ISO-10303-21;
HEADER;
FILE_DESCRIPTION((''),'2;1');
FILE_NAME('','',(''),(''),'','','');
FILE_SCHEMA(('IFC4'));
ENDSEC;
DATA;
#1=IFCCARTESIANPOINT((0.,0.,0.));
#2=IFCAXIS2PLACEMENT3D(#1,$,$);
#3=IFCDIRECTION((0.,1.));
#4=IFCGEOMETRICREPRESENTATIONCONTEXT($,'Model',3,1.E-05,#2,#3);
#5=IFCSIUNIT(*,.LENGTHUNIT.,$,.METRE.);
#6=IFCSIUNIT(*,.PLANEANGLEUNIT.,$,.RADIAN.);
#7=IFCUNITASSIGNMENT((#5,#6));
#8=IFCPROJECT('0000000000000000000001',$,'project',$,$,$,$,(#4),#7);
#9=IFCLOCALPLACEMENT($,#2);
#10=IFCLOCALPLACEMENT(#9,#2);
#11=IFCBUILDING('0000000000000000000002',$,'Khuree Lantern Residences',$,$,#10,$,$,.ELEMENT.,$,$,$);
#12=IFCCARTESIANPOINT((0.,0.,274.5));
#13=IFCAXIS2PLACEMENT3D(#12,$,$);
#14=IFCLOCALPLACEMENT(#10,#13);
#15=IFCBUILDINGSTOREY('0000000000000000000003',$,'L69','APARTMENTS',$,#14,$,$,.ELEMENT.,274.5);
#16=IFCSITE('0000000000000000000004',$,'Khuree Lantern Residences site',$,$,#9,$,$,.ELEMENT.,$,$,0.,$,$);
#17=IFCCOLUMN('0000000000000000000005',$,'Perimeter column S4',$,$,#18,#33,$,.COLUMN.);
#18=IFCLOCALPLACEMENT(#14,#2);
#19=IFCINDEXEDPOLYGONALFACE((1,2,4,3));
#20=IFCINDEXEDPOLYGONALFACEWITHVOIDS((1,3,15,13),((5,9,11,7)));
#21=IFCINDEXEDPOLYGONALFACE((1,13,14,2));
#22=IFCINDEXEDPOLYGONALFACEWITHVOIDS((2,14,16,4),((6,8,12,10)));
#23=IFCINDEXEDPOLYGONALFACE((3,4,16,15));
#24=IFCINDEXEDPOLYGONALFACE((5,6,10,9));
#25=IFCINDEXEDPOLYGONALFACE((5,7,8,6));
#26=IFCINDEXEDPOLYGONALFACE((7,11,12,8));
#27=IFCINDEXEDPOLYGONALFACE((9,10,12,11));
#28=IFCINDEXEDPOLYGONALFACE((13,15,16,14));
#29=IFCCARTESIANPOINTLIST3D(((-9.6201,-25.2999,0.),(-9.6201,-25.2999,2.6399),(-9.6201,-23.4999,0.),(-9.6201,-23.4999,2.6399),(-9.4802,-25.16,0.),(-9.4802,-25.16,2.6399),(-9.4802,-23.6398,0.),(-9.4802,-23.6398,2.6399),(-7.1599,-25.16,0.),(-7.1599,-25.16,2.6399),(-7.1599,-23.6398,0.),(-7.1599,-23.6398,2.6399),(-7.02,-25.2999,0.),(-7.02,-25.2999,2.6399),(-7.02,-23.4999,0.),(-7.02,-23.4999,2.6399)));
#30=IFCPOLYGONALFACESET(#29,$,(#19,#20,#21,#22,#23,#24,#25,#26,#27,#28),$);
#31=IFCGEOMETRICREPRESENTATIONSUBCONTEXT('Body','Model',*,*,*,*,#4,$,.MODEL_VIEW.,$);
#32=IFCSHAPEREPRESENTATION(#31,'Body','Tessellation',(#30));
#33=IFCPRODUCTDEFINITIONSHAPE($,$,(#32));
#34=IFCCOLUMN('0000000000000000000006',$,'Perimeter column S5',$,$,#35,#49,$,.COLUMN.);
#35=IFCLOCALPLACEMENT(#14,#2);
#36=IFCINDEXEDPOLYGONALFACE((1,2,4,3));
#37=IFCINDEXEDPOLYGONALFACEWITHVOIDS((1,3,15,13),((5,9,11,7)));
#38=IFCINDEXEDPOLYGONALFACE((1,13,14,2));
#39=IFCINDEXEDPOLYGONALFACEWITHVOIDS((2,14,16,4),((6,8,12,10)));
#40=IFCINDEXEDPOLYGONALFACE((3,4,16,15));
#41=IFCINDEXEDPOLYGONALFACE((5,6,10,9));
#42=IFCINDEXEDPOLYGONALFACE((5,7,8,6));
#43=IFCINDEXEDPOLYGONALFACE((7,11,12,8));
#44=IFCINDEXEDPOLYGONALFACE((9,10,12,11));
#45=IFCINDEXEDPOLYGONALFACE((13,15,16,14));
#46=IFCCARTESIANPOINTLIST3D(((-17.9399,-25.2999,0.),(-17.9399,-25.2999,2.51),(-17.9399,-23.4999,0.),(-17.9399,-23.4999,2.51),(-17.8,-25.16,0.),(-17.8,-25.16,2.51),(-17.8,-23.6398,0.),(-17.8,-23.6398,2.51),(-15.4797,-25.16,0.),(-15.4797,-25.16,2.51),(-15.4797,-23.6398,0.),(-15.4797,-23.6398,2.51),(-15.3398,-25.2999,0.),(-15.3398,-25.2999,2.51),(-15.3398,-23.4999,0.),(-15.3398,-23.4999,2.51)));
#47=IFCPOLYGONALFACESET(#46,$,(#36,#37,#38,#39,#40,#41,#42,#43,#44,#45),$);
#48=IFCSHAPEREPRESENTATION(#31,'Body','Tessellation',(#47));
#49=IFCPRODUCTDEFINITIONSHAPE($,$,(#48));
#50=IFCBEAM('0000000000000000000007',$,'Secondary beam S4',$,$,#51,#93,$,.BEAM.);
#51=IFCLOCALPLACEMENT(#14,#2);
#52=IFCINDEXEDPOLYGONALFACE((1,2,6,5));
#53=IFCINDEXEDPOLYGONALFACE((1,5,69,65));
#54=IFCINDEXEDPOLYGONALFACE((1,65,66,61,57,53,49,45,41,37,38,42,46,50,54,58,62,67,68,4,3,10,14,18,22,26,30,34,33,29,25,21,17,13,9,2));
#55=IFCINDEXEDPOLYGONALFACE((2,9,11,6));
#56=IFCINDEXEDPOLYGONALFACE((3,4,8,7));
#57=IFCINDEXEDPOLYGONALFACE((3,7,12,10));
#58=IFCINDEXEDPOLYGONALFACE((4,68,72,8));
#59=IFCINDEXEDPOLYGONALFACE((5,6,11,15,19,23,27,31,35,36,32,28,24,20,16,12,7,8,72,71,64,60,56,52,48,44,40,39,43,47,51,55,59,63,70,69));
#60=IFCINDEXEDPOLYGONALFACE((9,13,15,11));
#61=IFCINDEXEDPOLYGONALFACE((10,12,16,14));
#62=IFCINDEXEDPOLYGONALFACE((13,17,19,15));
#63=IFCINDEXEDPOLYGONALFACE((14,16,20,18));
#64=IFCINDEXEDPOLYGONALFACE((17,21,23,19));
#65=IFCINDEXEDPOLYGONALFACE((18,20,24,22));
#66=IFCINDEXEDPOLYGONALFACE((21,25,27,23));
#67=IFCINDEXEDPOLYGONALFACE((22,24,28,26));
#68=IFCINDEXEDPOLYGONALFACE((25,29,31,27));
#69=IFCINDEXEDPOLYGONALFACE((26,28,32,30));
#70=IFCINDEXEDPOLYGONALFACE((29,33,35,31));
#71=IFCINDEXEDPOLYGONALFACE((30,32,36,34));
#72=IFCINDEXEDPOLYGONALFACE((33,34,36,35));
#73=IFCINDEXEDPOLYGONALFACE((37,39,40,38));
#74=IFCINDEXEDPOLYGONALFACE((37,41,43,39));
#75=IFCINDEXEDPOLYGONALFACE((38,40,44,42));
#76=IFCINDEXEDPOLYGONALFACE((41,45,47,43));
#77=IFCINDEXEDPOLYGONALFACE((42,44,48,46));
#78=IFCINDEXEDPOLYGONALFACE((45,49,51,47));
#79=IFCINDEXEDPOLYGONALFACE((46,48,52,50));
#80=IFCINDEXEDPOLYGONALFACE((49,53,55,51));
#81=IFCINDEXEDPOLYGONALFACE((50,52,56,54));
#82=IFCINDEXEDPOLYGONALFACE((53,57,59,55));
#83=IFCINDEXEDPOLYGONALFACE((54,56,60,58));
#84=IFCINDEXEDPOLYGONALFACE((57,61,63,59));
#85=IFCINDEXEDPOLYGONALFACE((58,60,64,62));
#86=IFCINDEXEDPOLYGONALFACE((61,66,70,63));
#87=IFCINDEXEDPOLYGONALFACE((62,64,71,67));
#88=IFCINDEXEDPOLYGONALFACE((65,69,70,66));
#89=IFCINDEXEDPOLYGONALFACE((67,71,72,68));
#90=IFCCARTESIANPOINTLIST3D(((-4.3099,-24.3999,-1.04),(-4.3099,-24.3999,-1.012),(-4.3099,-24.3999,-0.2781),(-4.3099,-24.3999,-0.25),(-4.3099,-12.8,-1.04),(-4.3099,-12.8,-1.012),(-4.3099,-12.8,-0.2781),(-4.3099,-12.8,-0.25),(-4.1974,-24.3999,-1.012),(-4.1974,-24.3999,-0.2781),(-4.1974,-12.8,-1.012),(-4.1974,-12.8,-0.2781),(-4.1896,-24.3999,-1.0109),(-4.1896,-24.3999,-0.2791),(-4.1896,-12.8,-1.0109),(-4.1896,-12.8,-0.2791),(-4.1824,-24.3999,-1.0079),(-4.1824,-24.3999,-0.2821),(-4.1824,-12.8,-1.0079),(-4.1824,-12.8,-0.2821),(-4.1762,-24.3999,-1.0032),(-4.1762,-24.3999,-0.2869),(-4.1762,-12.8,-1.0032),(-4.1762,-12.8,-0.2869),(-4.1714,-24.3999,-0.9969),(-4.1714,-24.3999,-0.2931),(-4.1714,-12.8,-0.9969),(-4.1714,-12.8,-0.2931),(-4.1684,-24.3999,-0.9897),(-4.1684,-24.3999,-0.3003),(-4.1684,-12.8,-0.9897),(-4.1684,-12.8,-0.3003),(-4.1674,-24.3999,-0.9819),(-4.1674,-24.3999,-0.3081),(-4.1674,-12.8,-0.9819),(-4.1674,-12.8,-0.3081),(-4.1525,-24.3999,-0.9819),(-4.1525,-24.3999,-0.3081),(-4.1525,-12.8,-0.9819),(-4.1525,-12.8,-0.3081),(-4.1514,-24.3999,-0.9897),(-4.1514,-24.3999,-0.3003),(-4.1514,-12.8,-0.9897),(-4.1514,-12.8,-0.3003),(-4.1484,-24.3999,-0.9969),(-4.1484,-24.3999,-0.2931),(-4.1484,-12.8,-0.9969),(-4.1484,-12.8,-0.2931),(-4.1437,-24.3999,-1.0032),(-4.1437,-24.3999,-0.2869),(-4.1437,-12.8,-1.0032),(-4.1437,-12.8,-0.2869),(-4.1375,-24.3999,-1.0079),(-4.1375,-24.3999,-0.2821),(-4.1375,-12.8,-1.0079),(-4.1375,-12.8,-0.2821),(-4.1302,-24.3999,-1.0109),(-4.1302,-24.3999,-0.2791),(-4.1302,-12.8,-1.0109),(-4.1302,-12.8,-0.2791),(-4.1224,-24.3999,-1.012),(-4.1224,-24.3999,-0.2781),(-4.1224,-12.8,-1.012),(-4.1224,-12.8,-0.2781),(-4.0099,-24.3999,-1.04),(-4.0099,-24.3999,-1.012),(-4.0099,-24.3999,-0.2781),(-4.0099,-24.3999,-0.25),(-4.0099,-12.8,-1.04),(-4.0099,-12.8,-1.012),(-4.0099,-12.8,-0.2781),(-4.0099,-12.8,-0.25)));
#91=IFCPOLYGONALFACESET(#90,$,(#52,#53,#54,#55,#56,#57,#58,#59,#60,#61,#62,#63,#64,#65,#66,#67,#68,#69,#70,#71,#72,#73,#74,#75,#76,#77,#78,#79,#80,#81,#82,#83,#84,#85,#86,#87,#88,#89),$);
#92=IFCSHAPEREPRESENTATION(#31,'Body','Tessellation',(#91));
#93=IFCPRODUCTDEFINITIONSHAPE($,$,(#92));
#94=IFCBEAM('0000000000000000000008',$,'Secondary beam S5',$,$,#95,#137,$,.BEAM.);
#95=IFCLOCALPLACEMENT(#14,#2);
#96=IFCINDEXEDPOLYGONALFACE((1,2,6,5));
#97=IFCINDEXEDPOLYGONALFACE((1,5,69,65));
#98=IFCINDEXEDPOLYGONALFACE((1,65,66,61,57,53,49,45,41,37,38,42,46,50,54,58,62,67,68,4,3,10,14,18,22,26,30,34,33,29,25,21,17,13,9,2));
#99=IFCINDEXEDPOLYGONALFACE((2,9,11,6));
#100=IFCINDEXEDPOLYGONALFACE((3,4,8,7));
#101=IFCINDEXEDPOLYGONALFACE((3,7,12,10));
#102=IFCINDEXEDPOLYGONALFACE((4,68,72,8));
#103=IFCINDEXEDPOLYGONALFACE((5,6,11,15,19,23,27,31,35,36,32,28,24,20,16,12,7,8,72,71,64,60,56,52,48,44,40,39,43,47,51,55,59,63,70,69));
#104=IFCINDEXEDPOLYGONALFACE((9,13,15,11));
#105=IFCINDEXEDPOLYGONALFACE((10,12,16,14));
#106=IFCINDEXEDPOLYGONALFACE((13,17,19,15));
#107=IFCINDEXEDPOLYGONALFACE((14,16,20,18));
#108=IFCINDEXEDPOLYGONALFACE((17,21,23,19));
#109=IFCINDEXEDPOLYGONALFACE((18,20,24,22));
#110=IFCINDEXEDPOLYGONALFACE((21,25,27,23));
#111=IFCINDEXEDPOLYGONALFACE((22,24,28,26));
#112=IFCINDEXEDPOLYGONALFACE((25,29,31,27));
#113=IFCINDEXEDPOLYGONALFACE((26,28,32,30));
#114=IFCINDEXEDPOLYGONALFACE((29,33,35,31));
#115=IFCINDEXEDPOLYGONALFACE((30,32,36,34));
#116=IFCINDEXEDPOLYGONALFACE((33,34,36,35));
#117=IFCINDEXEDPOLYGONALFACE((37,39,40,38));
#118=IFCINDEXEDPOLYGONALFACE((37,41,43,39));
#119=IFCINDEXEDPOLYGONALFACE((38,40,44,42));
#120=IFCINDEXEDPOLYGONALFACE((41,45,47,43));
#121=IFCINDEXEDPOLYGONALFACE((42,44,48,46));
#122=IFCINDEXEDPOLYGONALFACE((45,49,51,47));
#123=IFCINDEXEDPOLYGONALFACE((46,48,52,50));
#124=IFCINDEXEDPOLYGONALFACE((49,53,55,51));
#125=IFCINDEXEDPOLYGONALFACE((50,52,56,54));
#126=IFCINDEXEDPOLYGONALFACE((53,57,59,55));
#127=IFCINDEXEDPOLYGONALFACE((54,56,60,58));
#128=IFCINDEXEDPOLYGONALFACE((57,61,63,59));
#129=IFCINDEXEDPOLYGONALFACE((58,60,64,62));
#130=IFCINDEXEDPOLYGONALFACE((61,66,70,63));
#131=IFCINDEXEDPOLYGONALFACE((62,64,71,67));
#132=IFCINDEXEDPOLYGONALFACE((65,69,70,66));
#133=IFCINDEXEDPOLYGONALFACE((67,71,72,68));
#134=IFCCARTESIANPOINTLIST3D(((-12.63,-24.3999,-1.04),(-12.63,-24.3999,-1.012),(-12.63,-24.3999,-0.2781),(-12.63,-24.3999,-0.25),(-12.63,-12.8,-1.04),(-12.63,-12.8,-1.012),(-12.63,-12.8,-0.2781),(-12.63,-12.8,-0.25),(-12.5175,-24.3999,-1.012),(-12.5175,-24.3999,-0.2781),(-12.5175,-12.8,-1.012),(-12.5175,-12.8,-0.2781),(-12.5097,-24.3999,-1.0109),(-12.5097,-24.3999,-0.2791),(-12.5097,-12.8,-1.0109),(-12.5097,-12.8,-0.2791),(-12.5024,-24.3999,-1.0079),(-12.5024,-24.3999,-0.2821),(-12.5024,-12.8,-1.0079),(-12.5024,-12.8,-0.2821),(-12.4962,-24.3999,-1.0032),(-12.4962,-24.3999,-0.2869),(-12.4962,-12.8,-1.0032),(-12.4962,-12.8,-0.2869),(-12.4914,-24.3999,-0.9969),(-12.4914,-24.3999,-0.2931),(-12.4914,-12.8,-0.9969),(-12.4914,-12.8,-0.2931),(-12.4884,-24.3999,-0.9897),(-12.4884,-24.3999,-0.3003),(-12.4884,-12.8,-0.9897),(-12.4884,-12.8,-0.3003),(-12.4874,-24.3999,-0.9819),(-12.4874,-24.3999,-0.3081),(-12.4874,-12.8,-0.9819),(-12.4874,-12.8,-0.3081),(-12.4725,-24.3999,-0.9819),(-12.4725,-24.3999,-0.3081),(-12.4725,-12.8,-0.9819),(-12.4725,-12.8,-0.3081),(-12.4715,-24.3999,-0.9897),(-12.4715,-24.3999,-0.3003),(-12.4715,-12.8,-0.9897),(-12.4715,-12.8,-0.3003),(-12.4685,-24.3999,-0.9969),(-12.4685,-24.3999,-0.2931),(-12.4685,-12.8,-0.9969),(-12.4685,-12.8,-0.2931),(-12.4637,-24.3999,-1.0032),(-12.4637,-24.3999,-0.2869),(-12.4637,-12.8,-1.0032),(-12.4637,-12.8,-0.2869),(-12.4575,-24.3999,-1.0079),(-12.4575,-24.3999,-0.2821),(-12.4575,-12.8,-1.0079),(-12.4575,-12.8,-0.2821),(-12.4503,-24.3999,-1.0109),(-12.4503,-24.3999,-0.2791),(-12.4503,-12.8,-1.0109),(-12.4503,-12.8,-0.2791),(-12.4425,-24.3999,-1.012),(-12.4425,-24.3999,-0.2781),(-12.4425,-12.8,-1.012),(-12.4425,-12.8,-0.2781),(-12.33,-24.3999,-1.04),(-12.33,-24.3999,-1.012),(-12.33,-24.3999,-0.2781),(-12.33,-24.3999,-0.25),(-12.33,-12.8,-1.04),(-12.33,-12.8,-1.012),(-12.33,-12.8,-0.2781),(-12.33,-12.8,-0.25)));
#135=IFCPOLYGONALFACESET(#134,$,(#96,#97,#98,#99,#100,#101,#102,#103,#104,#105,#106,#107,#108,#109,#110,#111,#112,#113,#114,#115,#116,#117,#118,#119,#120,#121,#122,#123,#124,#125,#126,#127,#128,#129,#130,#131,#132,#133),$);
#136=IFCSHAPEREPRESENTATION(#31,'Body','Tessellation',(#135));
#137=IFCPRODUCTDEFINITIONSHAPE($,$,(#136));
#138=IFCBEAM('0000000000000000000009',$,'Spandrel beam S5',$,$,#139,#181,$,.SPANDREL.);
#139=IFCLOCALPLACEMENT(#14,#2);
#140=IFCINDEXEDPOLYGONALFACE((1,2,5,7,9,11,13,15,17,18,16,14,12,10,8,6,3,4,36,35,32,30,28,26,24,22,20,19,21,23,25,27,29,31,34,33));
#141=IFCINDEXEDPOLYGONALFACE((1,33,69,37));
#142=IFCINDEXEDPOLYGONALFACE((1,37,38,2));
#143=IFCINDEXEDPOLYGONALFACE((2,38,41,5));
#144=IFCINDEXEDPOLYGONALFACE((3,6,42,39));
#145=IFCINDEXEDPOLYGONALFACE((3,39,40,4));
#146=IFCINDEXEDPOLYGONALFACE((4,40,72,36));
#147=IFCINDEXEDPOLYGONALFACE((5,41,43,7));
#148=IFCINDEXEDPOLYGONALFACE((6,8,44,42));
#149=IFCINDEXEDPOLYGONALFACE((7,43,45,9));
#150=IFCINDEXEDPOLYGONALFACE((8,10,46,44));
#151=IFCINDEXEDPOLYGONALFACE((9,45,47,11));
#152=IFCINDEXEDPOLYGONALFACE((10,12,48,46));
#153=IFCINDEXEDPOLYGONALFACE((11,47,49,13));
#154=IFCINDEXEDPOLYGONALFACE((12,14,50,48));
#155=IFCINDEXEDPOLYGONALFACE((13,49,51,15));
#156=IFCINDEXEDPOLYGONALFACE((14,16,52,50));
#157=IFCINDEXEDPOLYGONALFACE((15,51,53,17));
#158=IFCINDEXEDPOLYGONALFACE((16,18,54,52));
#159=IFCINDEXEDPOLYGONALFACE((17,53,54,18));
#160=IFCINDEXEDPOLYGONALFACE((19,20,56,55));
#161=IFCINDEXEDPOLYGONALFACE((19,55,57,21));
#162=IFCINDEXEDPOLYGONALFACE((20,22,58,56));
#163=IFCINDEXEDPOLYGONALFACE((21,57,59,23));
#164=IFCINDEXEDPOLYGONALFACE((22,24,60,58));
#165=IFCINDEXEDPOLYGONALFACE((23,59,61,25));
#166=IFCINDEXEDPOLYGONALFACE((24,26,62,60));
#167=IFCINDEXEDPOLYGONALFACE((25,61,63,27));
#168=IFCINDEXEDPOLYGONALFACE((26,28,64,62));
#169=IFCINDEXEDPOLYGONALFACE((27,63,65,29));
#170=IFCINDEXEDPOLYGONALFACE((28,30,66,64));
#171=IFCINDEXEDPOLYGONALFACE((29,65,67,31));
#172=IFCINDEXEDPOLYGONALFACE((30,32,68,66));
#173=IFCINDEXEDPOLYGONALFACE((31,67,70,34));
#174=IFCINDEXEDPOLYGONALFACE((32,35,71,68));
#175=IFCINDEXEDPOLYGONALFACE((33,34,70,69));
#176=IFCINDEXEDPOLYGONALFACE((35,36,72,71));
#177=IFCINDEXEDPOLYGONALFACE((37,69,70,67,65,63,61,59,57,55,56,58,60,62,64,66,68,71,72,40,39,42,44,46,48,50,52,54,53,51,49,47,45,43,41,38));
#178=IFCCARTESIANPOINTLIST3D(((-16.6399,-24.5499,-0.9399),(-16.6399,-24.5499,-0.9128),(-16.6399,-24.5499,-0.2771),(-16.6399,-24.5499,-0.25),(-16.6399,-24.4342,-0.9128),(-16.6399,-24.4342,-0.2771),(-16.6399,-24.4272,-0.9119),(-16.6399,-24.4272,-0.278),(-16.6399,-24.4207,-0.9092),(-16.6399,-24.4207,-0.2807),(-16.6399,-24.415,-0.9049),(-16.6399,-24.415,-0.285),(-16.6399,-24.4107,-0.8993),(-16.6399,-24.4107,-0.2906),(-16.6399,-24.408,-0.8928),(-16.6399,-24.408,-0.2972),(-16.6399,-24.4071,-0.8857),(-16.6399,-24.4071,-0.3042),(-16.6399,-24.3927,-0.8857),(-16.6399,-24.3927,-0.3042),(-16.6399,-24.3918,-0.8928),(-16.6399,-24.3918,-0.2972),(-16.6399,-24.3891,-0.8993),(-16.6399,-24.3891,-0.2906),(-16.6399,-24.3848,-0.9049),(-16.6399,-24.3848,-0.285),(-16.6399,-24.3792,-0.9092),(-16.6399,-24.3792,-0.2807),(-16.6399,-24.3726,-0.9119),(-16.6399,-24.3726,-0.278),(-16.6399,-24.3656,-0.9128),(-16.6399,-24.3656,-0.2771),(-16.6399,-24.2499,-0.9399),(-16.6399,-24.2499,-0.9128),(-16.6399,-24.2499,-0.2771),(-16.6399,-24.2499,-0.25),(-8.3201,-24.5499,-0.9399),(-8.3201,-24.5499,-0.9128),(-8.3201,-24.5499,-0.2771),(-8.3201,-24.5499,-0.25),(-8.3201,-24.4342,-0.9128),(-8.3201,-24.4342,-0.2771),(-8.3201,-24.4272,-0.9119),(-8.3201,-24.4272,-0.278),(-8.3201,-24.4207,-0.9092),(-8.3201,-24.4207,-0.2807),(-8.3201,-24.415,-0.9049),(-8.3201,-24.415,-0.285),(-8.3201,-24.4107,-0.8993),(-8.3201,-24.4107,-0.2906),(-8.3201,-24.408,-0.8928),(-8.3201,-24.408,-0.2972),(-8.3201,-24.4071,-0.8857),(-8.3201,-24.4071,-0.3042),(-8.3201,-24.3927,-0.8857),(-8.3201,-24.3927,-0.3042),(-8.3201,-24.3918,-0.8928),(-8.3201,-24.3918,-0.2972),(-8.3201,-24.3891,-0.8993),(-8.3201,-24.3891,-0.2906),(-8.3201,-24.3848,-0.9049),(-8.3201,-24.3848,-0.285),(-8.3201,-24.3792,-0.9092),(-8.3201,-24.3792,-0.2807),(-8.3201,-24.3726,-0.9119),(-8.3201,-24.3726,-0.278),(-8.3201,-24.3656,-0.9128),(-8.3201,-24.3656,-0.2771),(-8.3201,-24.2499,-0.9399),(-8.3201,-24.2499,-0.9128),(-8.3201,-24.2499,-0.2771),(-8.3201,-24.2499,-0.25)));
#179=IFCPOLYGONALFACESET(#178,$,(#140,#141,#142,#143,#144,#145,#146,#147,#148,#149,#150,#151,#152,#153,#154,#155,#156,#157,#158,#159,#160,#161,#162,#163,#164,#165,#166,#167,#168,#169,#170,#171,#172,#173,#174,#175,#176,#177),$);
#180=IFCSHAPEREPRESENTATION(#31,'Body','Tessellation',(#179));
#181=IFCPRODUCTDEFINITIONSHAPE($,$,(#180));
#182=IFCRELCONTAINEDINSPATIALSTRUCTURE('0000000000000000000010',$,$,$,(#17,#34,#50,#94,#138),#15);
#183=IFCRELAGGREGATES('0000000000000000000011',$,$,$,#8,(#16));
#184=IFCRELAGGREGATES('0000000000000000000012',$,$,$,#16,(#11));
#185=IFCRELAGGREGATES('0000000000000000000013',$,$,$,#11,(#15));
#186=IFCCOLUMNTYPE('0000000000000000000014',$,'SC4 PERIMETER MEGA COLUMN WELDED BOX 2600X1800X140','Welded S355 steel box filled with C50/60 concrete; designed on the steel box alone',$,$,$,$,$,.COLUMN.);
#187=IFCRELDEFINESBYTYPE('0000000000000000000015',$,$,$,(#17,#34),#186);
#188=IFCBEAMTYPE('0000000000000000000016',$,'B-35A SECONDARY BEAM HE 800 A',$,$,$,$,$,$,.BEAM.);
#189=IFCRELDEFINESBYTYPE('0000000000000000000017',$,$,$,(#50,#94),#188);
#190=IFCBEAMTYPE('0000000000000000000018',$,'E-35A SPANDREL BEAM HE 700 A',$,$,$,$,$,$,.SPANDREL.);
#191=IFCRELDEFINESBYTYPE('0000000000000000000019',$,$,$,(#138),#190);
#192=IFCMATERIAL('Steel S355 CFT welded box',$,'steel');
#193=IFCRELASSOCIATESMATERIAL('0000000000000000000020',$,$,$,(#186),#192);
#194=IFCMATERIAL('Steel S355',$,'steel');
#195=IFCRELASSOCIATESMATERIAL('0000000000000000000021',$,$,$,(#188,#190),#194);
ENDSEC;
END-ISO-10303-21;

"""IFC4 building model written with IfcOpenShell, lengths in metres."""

from ifc_helpers import new_model, si_unit, direction, frame, origin, origin_2d, place, context, subcontext, project, spatial, hollow_rectangle, i_section, extrude, material, material_profile, profile_set, type_object, element, save


model = new_model("IFC4")

# Units and contexts
model_context = context("Model", 3, precision=1e-05, world=origin(), true_north=direction((0.0, 1.0)))
body_context = subcontext(model_context, "Body", "Model", "MODEL_VIEW")
ifc_project = project(units=[si_unit("LENGTHUNIT", "METRE"), si_unit("PLANEANGLEUNIT", "RADIAN")], contexts=[model_context])

# Site, building, storey
site_placement = place(None, origin())
site = spatial("IfcSite", under=ifc_project, at=site_placement, Name="Khuree Lantern Residences site", CompositionType="ELEMENT", RefElevation=0.0)
building_placement = place(site_placement, origin())
building = spatial("IfcBuilding", under=site, at=building_placement, Name="Khuree Lantern Residences", CompositionType="ELEMENT")
storey_placement = place(building_placement, frame((0.0, 0.0, 274.5)))
storey = spatial("IfcBuildingStorey", under=building, at=storey_placement, Name="L69", Description="APARTMENTS", CompositionType="ELEMENT", Elevation=274.5)

# Columns
ifc_material_1 = material(Name="Steel S355 CFT welded box", Category="steel")
ifc_material_profile_1 = material_profile(ifc_material_1, hollow_rectangle(XDim=2.6001, YDim=1.8, WallThickness=0.1399, at=origin_2d()), Name="WELDED BOX 2600X1800X140")
ifc_profile_set_1 = profile_set([ifc_material_profile_1], Name="Steel S355 CFT welded box")
column_type = type_object("IfcColumnType", Name="SC4 PERIMETER MEGA COLUMN WELDED BOX 2600X1800X140", Description="Welded S355 steel box filled with C50/60 concrete; designed on the steel box alone", PredefinedType="COLUMN", material=ifc_profile_set_1)
column_1_placement = place(storey_placement, frame((-8.3201, -24.3999, 0.0), z_axis=(0.0, 0.0, 1.0), x_axis=(1.0, 0.0, 0.0)))
element("IfcColumn", 1, at=column_1_placement, inside=storey, type_object=column_type, Name="Perimeter column S4", PredefinedType="COLUMN", context=body_context, shape_type="SweptSolid", body=[
    extrude(hollow_rectangle(XDim=2.6001, YDim=1.8, WallThickness=0.1399, at=origin_2d()), origin(), (0.0, 0.0, 1.0), 2.6399),
])
column_2_placement = place(storey_placement, frame((-16.6399, -24.3999, 0.0), z_axis=(0.0, 0.0, 1.0), x_axis=(1.0, 0.0, 0.0)))
element("IfcColumn", 2, at=column_2_placement, inside=storey, type_object=column_type, Name="Perimeter column S5", PredefinedType="COLUMN", context=body_context, shape_type="SweptSolid", body=[
    extrude(hollow_rectangle(XDim=2.6001, YDim=1.8, WallThickness=0.1399, at=origin_2d()), origin(), (0.0, 0.0, 1.0), 2.51),
])

# Beams
ifc_material_2 = material(Name="Steel S355", Category="steel")
ifc_material_profile_2 = material_profile(ifc_material_2, i_section(OverallWidth=0.3, OverallDepth=0.79, WebThickness=0.0149, FlangeThickness=0.0281, FilletRadius=0.03, at=origin_2d()), Name="HE 800 A")
ifc_profile_set_2 = profile_set([ifc_material_profile_2], Name="Steel S355")
beam_type_1 = type_object("IfcBeamType", Name="B-35A SECONDARY BEAM HE 800 A", PredefinedType="BEAM", material=ifc_profile_set_2)
for number, where, z_axis, x_axis, name in (
    (3, (-4.1599, -24.3999, -0.645), (0.0, 1.0, 0.0), (-1.0, 0.0, 0.0), "Secondary beam S4"),
    (4, (-12.48, -24.3999, -0.645), (0.0, 1.0, 0.0), (-1.0, 0.0, 0.0), "Secondary beam S5"),
):
    element("IfcBeam", number, at=place(storey_placement, frame(where, z_axis=z_axis, x_axis=x_axis)), inside=storey, type_object=beam_type_1, Name=name, PredefinedType="BEAM", context=body_context, shape_type="SweptSolid", body=[
        extrude(i_section(OverallWidth=0.3, OverallDepth=0.79, WebThickness=0.0149, FlangeThickness=0.0281, FilletRadius=0.03, at=origin_2d()), origin(), (0.0, 0.0, 1.0), 11.5999),
    ])
ifc_material_profile_3 = material_profile(ifc_material_2, i_section(OverallWidth=0.3, OverallDepth=0.6899, WebThickness=0.0144, FlangeThickness=0.0271, FilletRadius=0.0271, at=origin_2d()), Name="HE 700 A")
ifc_profile_set_3 = profile_set([ifc_material_profile_3], Name="Steel S355")
beam_type_2 = type_object("IfcBeamType", Name="E-35A SPANDREL BEAM HE 700 A", PredefinedType="SPANDREL", material=ifc_profile_set_3)
beam_1_placement = place(storey_placement, frame((-8.3201, -24.3999, -0.595), z_axis=(-1.0, 0.0, 0.0), x_axis=(0.0, -1.0, 0.0)))
element("IfcBeam", 5, at=beam_1_placement, inside=storey, type_object=beam_type_2, Name="Spandrel beam S5", PredefinedType="SPANDREL", context=body_context, shape_type="SweptSolid", body=[
    extrude(i_section(OverallWidth=0.3, OverallDepth=0.6899, WebThickness=0.0144, FlangeThickness=0.0271, FilletRadius=0.0271, at=origin_2d()), origin(), (0.0, 0.0, 1.0), 8.3198),
])

save(model, "model.ifc")
